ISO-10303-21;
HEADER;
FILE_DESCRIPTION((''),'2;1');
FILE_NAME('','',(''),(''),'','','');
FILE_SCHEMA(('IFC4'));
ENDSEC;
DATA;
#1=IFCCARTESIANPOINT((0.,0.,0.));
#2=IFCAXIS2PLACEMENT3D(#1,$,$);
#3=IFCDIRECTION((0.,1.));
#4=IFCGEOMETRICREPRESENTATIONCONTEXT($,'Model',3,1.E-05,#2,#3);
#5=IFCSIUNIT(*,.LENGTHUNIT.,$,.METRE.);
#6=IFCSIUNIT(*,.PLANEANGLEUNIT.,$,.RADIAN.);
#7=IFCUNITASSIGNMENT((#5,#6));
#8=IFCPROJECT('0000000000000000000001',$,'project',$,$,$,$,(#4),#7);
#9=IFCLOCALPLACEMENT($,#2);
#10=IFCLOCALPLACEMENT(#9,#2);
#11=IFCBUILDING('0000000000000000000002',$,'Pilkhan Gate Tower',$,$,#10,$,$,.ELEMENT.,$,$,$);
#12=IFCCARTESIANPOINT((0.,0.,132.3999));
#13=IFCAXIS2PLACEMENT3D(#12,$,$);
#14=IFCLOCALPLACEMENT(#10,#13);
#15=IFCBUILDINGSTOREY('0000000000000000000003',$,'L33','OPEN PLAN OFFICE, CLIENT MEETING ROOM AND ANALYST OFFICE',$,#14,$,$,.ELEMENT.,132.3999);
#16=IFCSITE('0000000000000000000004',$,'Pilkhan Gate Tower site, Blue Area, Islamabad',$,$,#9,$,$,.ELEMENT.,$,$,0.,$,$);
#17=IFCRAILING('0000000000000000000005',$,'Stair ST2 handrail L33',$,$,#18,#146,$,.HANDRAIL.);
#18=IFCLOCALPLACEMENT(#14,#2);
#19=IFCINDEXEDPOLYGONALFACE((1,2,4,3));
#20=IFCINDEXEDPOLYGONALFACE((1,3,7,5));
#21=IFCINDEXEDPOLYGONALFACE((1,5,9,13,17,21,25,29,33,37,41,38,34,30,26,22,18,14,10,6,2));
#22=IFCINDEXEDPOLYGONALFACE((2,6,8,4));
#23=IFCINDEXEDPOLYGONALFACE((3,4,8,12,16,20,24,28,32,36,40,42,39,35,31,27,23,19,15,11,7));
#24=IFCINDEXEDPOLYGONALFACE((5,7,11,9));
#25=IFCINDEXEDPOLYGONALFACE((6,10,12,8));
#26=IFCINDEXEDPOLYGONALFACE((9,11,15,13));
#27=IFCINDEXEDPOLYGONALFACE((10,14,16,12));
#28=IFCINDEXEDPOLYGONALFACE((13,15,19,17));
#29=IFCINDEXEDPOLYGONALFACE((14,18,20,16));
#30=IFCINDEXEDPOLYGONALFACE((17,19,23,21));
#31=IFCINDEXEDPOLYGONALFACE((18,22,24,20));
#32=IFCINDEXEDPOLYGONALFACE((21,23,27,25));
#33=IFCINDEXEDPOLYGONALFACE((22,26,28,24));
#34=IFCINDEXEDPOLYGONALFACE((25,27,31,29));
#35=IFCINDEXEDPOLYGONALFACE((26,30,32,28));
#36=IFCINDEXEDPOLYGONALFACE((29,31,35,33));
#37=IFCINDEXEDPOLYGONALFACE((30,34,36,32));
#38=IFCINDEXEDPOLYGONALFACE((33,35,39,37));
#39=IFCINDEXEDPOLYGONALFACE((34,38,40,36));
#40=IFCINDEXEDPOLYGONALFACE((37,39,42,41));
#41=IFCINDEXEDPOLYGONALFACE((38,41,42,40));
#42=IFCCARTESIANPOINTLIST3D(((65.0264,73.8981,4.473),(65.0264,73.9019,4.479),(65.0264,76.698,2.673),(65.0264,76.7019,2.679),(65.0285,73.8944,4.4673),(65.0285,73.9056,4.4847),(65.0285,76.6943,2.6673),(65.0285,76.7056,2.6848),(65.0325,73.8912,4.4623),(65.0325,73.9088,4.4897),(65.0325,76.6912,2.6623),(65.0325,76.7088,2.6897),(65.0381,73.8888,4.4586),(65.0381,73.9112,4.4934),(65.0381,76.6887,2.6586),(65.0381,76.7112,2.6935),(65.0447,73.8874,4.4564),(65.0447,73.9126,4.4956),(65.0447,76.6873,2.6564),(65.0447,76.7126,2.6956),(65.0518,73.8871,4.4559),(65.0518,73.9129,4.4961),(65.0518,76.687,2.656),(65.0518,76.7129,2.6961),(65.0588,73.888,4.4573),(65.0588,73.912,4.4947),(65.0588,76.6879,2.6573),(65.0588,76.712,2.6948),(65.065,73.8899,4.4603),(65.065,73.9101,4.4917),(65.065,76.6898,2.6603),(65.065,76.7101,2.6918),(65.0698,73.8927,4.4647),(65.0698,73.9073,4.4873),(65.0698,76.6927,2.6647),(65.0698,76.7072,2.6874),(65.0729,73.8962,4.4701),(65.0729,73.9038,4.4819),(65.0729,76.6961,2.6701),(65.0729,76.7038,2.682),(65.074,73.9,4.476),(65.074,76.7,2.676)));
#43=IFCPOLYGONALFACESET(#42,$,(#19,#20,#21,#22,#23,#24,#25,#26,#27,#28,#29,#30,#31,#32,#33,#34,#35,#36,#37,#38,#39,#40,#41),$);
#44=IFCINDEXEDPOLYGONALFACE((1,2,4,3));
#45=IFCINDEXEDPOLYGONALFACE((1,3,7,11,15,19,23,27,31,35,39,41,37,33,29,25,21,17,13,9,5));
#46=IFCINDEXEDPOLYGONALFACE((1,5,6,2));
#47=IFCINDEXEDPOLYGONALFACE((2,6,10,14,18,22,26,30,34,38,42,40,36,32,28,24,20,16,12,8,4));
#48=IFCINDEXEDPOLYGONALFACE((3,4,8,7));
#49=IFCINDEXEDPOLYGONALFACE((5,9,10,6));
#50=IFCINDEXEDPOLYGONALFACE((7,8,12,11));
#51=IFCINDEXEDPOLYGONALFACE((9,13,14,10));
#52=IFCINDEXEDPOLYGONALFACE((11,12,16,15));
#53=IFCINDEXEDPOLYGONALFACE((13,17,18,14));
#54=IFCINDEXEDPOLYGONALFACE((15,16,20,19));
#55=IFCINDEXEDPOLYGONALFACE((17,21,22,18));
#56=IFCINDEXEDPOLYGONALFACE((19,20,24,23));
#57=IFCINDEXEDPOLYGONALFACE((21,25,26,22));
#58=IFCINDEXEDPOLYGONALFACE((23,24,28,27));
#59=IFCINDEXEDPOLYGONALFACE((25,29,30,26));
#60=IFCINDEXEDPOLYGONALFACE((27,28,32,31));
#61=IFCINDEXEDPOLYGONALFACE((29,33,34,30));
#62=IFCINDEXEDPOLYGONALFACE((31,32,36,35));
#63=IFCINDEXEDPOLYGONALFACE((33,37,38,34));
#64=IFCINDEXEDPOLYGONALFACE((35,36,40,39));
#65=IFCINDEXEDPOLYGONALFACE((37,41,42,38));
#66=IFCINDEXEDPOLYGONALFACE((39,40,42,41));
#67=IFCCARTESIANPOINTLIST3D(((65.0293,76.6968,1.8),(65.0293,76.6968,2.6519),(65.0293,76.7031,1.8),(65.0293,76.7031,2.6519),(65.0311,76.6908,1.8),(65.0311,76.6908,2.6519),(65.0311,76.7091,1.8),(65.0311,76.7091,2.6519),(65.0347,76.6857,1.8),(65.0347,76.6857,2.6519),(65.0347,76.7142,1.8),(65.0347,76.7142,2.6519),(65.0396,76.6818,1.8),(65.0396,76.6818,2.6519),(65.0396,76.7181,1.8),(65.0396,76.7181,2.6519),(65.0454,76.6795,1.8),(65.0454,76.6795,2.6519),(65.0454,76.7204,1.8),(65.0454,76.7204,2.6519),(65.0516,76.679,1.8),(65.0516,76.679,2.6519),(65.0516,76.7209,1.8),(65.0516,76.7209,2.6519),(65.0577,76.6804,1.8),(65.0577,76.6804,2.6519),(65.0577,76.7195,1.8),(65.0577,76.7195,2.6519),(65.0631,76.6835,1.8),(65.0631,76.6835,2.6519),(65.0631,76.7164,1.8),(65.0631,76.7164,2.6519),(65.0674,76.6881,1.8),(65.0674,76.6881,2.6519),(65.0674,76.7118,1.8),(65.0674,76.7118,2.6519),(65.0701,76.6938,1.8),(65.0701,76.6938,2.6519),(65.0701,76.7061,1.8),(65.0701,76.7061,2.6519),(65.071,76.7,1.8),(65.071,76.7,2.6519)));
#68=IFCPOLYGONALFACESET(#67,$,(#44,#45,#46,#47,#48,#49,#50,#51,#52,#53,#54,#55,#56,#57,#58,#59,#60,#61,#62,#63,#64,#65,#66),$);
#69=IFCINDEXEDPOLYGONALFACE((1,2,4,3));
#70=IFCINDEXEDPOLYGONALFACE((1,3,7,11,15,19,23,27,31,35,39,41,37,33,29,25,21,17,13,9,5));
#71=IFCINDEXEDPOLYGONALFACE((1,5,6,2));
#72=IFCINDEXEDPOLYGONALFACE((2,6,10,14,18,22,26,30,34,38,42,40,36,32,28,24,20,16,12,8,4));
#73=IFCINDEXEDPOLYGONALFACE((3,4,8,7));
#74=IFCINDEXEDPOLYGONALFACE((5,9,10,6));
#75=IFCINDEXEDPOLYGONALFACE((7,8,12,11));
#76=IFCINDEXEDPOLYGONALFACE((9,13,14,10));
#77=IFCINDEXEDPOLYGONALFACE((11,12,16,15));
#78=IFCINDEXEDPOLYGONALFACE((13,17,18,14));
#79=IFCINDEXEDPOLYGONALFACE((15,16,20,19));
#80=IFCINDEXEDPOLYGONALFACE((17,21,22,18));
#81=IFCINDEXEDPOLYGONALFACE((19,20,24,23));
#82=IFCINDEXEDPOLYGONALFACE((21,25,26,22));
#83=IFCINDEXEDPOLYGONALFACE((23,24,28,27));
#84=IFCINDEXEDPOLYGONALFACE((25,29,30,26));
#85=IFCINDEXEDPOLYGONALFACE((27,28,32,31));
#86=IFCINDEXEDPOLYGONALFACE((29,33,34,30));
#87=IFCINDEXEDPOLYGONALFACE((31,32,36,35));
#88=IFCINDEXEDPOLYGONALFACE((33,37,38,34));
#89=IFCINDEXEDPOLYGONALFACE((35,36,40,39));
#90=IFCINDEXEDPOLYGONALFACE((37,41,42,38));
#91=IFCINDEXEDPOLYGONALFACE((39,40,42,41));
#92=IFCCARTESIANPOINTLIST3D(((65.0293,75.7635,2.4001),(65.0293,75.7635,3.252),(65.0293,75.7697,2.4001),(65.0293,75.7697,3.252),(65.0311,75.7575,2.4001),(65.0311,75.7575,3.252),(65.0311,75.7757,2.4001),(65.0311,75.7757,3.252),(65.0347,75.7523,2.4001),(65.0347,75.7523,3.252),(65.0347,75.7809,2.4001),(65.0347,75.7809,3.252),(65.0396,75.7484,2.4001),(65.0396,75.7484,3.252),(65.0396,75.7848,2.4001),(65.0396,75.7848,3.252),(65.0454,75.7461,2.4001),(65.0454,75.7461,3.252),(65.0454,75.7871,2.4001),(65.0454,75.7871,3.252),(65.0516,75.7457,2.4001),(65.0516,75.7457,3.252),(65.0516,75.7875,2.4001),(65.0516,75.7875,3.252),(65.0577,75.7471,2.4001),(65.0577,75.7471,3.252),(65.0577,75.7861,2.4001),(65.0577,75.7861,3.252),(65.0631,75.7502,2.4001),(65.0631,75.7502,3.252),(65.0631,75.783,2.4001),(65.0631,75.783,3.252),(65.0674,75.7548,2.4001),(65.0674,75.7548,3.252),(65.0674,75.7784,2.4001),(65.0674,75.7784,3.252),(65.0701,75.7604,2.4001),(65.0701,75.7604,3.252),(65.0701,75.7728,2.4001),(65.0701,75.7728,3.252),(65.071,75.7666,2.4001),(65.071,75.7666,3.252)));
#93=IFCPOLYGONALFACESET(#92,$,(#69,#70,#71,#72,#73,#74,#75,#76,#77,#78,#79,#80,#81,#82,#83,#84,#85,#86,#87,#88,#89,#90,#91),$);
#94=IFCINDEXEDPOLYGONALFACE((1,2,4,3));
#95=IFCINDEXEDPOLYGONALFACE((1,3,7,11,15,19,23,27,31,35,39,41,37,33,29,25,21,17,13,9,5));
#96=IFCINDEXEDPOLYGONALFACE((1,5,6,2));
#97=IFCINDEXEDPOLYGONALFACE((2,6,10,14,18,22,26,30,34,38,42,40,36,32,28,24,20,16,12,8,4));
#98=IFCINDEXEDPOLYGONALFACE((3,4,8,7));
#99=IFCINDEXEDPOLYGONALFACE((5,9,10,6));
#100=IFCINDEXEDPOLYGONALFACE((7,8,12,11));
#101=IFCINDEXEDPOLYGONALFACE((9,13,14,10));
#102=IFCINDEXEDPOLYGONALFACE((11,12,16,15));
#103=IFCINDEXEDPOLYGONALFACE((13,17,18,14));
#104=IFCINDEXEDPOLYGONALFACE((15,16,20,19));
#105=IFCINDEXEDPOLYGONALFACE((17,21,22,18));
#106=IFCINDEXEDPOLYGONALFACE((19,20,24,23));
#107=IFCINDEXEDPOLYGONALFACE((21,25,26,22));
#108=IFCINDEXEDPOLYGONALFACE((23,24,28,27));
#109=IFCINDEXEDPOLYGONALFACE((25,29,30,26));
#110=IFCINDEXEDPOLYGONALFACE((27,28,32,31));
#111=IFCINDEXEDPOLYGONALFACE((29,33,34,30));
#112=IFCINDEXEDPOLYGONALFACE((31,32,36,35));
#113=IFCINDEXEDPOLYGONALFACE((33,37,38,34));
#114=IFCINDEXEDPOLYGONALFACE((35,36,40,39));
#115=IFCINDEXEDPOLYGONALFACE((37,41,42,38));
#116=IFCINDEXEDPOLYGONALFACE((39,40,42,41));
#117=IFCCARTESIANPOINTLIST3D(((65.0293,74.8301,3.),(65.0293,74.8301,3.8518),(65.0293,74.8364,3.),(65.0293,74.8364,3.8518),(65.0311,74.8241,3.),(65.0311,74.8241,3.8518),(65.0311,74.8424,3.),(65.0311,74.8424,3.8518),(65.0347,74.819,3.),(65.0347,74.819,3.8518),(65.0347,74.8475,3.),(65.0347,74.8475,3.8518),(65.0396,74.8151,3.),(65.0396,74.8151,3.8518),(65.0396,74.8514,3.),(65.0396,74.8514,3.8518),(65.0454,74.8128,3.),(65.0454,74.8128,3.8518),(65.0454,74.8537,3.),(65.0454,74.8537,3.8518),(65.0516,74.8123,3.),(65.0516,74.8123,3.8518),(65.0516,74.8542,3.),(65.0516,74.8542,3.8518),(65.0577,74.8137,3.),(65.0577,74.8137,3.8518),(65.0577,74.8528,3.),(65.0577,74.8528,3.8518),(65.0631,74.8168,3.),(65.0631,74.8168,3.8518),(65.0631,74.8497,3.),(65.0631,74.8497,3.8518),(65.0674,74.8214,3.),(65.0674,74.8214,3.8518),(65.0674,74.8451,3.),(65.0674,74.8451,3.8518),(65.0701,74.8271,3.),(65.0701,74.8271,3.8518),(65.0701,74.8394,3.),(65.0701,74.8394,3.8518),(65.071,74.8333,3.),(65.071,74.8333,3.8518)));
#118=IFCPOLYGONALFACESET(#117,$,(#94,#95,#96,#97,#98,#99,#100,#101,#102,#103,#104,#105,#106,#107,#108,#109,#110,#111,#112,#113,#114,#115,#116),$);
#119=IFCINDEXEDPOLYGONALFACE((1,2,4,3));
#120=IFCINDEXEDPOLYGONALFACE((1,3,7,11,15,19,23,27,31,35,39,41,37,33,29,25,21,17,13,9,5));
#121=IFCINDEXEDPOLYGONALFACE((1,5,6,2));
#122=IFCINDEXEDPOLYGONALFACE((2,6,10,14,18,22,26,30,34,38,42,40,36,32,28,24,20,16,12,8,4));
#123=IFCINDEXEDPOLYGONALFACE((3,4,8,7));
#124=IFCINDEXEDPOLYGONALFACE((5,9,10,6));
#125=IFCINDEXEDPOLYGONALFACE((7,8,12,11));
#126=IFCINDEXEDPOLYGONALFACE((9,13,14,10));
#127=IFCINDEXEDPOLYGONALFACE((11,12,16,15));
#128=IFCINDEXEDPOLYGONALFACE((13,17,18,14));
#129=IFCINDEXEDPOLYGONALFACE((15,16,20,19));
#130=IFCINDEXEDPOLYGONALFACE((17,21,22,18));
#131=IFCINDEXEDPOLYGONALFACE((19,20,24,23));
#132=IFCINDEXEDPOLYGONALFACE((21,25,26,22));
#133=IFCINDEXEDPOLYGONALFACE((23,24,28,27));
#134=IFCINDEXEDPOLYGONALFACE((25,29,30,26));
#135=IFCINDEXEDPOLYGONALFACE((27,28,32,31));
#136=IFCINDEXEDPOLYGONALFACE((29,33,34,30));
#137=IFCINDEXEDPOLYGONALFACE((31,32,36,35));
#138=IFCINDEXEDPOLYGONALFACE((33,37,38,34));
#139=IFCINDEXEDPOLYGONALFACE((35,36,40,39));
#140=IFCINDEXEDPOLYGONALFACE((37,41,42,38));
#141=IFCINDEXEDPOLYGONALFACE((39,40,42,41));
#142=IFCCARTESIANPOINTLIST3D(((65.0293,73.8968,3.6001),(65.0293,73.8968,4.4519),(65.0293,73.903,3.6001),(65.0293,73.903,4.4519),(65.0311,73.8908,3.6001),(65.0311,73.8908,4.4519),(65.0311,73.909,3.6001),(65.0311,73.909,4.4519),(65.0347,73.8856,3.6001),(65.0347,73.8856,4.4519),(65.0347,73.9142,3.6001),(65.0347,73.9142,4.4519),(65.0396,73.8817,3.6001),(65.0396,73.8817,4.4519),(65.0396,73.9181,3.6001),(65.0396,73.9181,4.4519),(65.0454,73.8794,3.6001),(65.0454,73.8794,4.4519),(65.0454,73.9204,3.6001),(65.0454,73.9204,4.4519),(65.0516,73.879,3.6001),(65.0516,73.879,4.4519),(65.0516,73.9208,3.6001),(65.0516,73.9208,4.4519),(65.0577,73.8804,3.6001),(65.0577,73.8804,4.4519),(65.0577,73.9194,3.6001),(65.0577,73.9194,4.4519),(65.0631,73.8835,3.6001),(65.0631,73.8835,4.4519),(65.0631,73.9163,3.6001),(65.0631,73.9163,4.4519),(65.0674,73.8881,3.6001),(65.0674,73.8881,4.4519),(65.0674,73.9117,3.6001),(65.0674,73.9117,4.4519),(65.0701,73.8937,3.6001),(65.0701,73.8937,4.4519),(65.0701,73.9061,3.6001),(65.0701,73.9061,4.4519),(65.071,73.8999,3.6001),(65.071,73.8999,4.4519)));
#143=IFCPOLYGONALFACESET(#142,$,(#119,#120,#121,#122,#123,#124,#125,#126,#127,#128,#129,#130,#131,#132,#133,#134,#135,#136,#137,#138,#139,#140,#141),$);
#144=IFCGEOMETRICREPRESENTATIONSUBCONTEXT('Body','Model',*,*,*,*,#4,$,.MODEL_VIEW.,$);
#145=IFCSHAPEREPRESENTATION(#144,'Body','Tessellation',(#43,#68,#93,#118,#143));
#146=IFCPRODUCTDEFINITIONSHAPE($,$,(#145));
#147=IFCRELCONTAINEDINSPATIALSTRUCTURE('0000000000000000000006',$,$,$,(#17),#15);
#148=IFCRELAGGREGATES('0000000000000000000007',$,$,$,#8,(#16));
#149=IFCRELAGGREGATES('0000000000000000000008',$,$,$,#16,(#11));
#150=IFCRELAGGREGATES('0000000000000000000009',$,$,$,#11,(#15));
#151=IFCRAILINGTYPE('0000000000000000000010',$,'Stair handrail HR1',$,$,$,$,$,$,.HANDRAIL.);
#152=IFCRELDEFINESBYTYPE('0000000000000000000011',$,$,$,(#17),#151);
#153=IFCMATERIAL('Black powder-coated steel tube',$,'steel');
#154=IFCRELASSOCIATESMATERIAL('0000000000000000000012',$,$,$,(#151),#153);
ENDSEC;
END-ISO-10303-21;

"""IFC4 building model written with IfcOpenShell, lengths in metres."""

from ifc_helpers import new_model, si_unit, direction, frame, origin, origin_2d, place, context, subcontext, project, spatial, circle, extrude, material, type_object, element, save


model = new_model("IFC4")

# Units and contexts
model_context = context("Model", 3, precision=1e-05, world=origin(), true_north=direction((0.0, 1.0)))
body_context = subcontext(model_context, "Body", "Model", "MODEL_VIEW")
ifc_project = project(units=[si_unit("LENGTHUNIT", "METRE"), si_unit("PLANEANGLEUNIT", "RADIAN")], contexts=[model_context])

# Site, building, storey
site_placement = place(None, origin())
site = spatial("IfcSite", under=ifc_project, at=site_placement, Name="Pilkhan Gate Tower site, Blue Area, Islamabad", CompositionType="ELEMENT", RefElevation=0.0)
building_placement = place(site_placement, origin())
building = spatial("IfcBuilding", under=site, at=building_placement, Name="Pilkhan Gate Tower", CompositionType="ELEMENT")
storey_placement = place(building_placement, frame((0.0, 0.0, 132.3999)))
storey = spatial("IfcBuildingStorey", under=building, at=storey_placement, Name="L33", Description="OPEN PLAN OFFICE, CLIENT MEETING ROOM AND ANALYST OFFICE", CompositionType="ELEMENT", Elevation=132.3999)

# Railing
ifc_material_1 = material(Name="Black powder-coated steel tube", Category="steel")
railing_type_1 = type_object("IfcRailingType", Name="Stair handrail HR1", PredefinedType="HANDRAIL", material=ifc_material_1)
railing_1_placement = place(storey_placement, frame((65.05, 76.7, 1.8)))
element("IfcRailing", 1, at=railing_1_placement, inside=storey, type_object=railing_type_1, Name="Stair ST2 handrail L33", PredefinedType="HANDRAIL", context=body_context, shape_type="SweptSolid", body=[
    extrude(circle(Radius=0.0239, at=origin_2d()), frame((0.0, 0.0, 0.876), z_axis=(0.0, -0.841176, 0.540761), x_axis=(1.0, 0.0, 0.0)), (0.0, 0.0, 1.0), 3.3286),
    extrude(circle(Radius=0.021, at=origin_2d()), origin(), (0.0, 0.0, 1.0), 0.8518),
    extrude(circle(Radius=0.021, at=origin_2d()), frame((0.0, -0.9333, 0.6001)), (0.0, 0.0, 1.0), 0.8518),
    extrude(circle(Radius=0.021, at=origin_2d()), frame((0.0, -1.8667, 1.2)), (0.0, 0.0, 1.0), 0.8518),
    extrude(circle(Radius=0.021, at=origin_2d()), frame((0.0, -2.8, 1.8)), (0.0, 0.0, 1.0), 0.8518),
])

save(model, "model.ifc")
